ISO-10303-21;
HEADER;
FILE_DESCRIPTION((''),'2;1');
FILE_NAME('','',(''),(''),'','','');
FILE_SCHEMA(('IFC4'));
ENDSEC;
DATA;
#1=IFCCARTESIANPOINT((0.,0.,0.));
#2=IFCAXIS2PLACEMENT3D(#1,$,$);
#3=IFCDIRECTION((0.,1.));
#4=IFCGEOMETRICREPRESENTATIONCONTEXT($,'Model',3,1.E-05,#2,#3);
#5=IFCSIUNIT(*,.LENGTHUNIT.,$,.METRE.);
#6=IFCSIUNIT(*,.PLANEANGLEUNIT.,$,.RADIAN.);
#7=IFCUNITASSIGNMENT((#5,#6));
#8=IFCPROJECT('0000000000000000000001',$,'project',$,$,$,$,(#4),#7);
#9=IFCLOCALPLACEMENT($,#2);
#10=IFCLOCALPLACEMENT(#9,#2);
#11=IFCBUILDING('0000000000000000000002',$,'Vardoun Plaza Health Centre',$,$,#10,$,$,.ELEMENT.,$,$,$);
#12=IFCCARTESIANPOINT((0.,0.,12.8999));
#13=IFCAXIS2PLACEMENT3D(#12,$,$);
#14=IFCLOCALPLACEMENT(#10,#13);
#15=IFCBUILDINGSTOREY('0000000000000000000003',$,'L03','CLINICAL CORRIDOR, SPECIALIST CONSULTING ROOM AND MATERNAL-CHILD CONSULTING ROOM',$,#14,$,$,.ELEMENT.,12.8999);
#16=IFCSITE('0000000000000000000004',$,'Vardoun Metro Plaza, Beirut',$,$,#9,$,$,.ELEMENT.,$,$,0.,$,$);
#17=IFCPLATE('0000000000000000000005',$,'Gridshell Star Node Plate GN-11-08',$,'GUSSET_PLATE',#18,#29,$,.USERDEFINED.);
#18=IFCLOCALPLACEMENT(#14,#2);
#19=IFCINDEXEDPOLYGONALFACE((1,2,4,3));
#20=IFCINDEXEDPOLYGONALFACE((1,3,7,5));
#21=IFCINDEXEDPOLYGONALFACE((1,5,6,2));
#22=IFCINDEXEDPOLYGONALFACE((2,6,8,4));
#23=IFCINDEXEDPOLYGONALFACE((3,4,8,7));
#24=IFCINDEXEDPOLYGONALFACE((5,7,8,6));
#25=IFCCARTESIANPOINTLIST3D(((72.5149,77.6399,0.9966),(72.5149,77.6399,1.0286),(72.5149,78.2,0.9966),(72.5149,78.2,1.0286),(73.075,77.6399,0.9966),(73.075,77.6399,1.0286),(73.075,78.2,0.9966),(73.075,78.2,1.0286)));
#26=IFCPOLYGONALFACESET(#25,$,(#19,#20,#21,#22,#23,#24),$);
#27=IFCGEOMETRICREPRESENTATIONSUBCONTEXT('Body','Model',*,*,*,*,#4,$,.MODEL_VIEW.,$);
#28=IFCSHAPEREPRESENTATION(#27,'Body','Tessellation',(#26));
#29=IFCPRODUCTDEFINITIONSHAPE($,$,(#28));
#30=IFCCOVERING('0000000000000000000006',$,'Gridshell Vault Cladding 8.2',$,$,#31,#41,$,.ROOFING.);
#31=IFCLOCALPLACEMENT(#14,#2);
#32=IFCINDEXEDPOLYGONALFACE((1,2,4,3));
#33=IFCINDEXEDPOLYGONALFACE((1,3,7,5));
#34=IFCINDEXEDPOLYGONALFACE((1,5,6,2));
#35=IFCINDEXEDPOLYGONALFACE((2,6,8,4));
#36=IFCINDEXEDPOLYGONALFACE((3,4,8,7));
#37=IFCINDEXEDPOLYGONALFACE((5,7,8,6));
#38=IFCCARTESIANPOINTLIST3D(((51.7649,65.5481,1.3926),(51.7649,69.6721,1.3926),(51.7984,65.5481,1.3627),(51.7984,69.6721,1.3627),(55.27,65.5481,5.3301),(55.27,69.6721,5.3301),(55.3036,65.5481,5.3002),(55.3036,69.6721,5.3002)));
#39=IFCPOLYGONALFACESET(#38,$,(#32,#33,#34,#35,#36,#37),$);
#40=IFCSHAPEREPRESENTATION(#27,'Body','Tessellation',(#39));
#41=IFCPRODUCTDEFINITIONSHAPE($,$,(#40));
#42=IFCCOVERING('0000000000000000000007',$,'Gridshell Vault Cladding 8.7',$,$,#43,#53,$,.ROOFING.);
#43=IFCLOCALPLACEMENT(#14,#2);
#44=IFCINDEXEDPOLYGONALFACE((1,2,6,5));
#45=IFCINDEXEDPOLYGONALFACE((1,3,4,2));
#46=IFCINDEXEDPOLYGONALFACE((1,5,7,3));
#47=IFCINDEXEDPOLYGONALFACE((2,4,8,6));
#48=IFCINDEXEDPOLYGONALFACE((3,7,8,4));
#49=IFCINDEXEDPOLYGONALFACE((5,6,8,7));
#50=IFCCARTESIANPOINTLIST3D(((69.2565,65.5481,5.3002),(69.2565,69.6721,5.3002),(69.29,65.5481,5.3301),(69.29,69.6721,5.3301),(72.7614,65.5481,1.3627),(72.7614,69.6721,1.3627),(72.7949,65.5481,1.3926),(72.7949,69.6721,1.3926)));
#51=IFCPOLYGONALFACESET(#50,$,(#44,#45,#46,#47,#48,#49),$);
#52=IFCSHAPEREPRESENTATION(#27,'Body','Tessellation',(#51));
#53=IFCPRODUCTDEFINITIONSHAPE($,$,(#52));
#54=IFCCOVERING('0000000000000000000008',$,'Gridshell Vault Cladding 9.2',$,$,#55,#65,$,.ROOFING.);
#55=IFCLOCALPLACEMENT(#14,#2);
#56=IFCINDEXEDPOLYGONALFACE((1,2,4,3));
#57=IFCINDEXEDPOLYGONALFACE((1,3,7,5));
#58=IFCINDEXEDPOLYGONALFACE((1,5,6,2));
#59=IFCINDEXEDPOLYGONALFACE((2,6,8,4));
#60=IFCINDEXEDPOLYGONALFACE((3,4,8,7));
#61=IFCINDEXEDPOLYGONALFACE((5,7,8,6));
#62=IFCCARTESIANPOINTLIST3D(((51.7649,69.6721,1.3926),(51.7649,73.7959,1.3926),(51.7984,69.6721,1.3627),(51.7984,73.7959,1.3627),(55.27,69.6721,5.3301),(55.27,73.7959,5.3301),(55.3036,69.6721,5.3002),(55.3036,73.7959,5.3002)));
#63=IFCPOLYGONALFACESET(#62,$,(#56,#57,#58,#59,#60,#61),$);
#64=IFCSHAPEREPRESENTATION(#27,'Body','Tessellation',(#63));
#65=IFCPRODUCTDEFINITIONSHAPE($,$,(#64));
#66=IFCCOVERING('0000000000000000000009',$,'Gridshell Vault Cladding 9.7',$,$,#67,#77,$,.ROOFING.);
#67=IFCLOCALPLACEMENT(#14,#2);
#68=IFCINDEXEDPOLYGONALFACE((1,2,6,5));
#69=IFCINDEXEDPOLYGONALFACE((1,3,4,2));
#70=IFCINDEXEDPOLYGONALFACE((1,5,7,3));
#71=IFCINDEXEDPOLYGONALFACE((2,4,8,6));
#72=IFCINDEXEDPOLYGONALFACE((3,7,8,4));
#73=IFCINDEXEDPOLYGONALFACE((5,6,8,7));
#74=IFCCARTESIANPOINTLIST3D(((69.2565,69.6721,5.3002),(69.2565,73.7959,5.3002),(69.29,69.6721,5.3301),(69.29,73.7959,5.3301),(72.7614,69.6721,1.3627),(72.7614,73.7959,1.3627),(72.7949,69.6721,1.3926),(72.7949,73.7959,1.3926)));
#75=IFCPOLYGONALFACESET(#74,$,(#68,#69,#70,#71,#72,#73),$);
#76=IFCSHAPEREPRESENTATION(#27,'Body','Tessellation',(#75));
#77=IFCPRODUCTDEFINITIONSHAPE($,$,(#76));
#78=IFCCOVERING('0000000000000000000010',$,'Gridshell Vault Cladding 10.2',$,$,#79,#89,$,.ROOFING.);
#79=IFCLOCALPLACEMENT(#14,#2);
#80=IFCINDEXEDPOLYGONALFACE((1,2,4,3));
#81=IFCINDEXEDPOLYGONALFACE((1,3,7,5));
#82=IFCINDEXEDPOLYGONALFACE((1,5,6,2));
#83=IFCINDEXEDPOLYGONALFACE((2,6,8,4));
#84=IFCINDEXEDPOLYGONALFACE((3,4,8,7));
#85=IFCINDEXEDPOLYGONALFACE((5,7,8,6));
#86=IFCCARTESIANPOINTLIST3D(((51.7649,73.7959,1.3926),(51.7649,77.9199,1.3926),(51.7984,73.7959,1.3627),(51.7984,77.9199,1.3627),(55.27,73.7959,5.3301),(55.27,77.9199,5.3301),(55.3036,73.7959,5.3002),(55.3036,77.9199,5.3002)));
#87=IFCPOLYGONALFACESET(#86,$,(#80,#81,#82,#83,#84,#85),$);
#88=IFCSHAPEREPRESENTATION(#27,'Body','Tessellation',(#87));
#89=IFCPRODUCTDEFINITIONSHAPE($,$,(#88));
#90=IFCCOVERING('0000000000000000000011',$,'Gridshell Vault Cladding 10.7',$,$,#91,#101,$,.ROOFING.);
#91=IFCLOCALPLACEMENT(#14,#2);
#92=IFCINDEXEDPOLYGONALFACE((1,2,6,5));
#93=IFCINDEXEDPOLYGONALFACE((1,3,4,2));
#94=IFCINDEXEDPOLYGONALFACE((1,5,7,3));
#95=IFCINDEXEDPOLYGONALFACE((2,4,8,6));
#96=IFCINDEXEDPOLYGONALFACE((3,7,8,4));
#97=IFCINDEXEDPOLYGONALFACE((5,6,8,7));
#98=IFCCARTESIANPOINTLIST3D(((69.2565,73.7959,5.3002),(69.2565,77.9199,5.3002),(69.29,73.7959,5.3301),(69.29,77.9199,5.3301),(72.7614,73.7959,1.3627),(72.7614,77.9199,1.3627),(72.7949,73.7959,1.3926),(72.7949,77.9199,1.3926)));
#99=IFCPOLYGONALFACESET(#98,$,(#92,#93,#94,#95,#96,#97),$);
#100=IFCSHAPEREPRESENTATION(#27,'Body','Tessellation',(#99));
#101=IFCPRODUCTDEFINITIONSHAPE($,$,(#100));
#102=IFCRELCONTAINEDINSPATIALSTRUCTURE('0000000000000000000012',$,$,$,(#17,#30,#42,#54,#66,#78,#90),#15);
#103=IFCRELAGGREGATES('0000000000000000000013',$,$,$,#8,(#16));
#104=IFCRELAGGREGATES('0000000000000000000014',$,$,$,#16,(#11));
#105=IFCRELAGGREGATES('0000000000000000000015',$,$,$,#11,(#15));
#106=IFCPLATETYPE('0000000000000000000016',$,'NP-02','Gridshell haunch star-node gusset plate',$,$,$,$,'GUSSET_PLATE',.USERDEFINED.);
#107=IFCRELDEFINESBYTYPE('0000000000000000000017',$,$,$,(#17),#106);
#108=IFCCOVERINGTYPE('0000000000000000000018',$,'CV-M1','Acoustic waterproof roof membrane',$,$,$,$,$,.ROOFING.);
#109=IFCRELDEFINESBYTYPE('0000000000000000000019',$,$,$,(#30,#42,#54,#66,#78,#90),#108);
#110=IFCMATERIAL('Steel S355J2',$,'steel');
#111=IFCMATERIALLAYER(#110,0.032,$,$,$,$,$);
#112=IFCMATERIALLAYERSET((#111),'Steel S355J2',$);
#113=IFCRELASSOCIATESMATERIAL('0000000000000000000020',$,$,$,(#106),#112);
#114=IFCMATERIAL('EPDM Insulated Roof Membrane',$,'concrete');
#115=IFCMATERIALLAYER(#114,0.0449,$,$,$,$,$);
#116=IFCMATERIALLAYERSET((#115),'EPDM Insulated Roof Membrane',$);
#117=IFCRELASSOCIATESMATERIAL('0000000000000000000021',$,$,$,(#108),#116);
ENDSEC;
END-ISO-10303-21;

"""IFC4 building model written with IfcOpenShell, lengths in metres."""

from ifc_helpers import new_model, si_unit, direction, frame, origin, origin_2d, place, context, subcontext, project, spatial, polyline, rectangle, outline, extrude, material, layer, layer_set, type_object, element, save


model = new_model("IFC4")

# Units and contexts
model_context = context("Model", 3, precision=1e-05, world=origin(), true_north=direction((0.0, 1.0)))
body_context = subcontext(model_context, "Body", "Model", "MODEL_VIEW")
ifc_project = project(units=[si_unit("LENGTHUNIT", "METRE"), si_unit("PLANEANGLEUNIT", "RADIAN")], contexts=[model_context])

# Site, building, storey
site_placement = place(None, origin())
site = spatial("IfcSite", under=ifc_project, at=site_placement, Name="Vardoun Metro Plaza, Beirut", CompositionType="ELEMENT", RefElevation=0.0)
building_placement = place(site_placement, origin())
building = spatial("IfcBuilding", under=site, at=building_placement, Name="Vardoun Plaza Health Centre", CompositionType="ELEMENT")
storey_placement = place(building_placement, frame((0.0, 0.0, 12.8999)))
storey = spatial("IfcBuildingStorey", under=building, at=storey_placement, Name="L03", Description="CLINICAL CORRIDOR, SPECIALIST CONSULTING ROOM AND MATERNAL-CHILD CONSULTING ROOM", CompositionType="ELEMENT", Elevation=12.8999)

# Plate
ifc_material_1 = material(Name="Steel S355J2", Category="steel")
ifc_layer_1 = layer(ifc_material_1, 0.032)
ifc_layer_set_1 = layer_set([ifc_layer_1], Name="Steel S355J2")
plate_type_1 = type_object("IfcPlateType", Name="NP-02", Description="Gridshell haunch star-node gusset plate", ElementType="GUSSET_PLATE", PredefinedType="USERDEFINED", material=ifc_layer_set_1)
for number, where, z_axis, x_axis, name in (
    (1, (72.7949, 77.9199, 0.9966), (0.0, 0.0, 1.0), (1.0, 0.0, 0.0), "Gridshell Star Node Plate GN-11-08"),
):
    element("IfcPlate", number, at=place(storey_placement, frame(where, z_axis=z_axis, x_axis=x_axis)), inside=storey, type_object=plate_type_1, Name=name, ObjectType="GUSSET_PLATE", PredefinedType="USERDEFINED", context=body_context, shape_type="SweptSolid", body=[
        extrude(rectangle(XDim=0.5601, YDim=0.5601, at=origin_2d()), origin(), (0.0, 0.0, 1.0), 0.032),
    ])

# Coverings
ifc_material_2 = material(Name="EPDM Insulated Roof Membrane", Category="concrete")
ifc_layer_2 = layer(ifc_material_2, 0.0449)
ifc_layer_set_2 = layer_set([ifc_layer_2], Name="EPDM Insulated Roof Membrane")
covering_type = type_object("IfcCoveringType", Name="CV-M1", Description="Acoustic waterproof roof membrane", PredefinedType="ROOFING", material=ifc_layer_set_2)
covering_1_placement = place(storey_placement, frame((51.7649, 65.5481, 1.3926), z_axis=(-0.746926, 0.0, 0.664907), x_axis=(0.664907, 0.0, 0.746926)))
element("IfcCovering", 2, at=covering_1_placement, inside=storey, type_object=covering_type, Name="Gridshell Vault Cladding 8.2", PredefinedType="ROOFING", context=body_context, shape_type="SweptSolid", body=[
    extrude(outline(polyline([(0.0, 0.0), (5.2716, 0.0), (5.2716, 4.124), (0.0, 4.124), (0.0, 0.0)])), origin(), (0.0, 0.0, -1.0), 0.0449),
])
covering_2_placement = place(storey_placement, frame((69.29, 65.5481, 5.3301), z_axis=(0.746949, 0.0, 0.664881), x_axis=(0.664881, 0.0, -0.746949)))
element("IfcCovering", 3, at=covering_2_placement, inside=storey, type_object=covering_type, Name="Gridshell Vault Cladding 8.7", PredefinedType="ROOFING", context=body_context, shape_type="SweptSolid", body=[
    extrude(outline(polyline([(0.0, 0.0), (5.2714, 0.0), (5.2714, 4.124), (0.0, 4.124), (0.0, 0.0)])), origin(), (0.0, 0.0, -1.0), 0.0449),
])
covering_3_placement = place(storey_placement, frame((51.7649, 69.6721, 1.3926), z_axis=(-0.746926, 0.0, 0.664907), x_axis=(0.664907, 0.0, 0.746926)))
element("IfcCovering", 4, at=covering_3_placement, inside=storey, type_object=covering_type, Name="Gridshell Vault Cladding 9.2", PredefinedType="ROOFING", context=body_context, shape_type="SweptSolid", body=[
    extrude(outline(polyline([(0.0, 0.0), (5.2716, 0.0), (5.2716, 4.1238), (0.0, 4.1238), (0.0, 0.0)])), origin(), (0.0, 0.0, -1.0), 0.0449),
])
covering_4_placement = place(storey_placement, frame((69.29, 69.6721, 5.3301), z_axis=(0.746949, 0.0, 0.664881), x_axis=(0.664881, 0.0, -0.746949)))
element("IfcCovering", 5, at=covering_4_placement, inside=storey, type_object=covering_type, Name="Gridshell Vault Cladding 9.7", PredefinedType="ROOFING", context=body_context, shape_type="SweptSolid", body=[
    extrude(outline(polyline([(0.0, 0.0), (5.2714, 0.0), (5.2714, 4.1238), (0.0, 4.1238), (0.0, 0.0)])), origin(), (0.0, 0.0, -1.0), 0.0449),
])
covering_5_placement = place(storey_placement, frame((51.7649, 73.7959, 1.3926), z_axis=(-0.746926, 0.0, 0.664907), x_axis=(0.664907, 0.0, 0.746926)))
element("IfcCovering", 6, at=covering_5_placement, inside=storey, type_object=covering_type, Name="Gridshell Vault Cladding 10.2", PredefinedType="ROOFING", context=body_context, shape_type="SweptSolid", body=[
    extrude(outline(polyline([(0.0, 0.0), (5.2716, 0.0), (5.2716, 4.124), (0.0, 4.124), (0.0, 0.0)])), origin(), (0.0, 0.0, -1.0), 0.0449),
])
covering_6_placement = place(storey_placement, frame((69.29, 73.7959, 5.3301), z_axis=(0.746949, 0.0, 0.664881), x_axis=(0.664881, 0.0, -0.746949)))
element("IfcCovering", 7, at=covering_6_placement, inside=storey, type_object=covering_type, Name="Gridshell Vault Cladding 10.7", PredefinedType="ROOFING", context=body_context, shape_type="SweptSolid", body=[
    extrude(outline(polyline([(0.0, 0.0), (5.2714, 0.0), (5.2714, 4.124), (0.0, 4.124), (0.0, 0.0)])), origin(), (0.0, 0.0, -1.0), 0.0449),
])

save(model, "model.ifc")
